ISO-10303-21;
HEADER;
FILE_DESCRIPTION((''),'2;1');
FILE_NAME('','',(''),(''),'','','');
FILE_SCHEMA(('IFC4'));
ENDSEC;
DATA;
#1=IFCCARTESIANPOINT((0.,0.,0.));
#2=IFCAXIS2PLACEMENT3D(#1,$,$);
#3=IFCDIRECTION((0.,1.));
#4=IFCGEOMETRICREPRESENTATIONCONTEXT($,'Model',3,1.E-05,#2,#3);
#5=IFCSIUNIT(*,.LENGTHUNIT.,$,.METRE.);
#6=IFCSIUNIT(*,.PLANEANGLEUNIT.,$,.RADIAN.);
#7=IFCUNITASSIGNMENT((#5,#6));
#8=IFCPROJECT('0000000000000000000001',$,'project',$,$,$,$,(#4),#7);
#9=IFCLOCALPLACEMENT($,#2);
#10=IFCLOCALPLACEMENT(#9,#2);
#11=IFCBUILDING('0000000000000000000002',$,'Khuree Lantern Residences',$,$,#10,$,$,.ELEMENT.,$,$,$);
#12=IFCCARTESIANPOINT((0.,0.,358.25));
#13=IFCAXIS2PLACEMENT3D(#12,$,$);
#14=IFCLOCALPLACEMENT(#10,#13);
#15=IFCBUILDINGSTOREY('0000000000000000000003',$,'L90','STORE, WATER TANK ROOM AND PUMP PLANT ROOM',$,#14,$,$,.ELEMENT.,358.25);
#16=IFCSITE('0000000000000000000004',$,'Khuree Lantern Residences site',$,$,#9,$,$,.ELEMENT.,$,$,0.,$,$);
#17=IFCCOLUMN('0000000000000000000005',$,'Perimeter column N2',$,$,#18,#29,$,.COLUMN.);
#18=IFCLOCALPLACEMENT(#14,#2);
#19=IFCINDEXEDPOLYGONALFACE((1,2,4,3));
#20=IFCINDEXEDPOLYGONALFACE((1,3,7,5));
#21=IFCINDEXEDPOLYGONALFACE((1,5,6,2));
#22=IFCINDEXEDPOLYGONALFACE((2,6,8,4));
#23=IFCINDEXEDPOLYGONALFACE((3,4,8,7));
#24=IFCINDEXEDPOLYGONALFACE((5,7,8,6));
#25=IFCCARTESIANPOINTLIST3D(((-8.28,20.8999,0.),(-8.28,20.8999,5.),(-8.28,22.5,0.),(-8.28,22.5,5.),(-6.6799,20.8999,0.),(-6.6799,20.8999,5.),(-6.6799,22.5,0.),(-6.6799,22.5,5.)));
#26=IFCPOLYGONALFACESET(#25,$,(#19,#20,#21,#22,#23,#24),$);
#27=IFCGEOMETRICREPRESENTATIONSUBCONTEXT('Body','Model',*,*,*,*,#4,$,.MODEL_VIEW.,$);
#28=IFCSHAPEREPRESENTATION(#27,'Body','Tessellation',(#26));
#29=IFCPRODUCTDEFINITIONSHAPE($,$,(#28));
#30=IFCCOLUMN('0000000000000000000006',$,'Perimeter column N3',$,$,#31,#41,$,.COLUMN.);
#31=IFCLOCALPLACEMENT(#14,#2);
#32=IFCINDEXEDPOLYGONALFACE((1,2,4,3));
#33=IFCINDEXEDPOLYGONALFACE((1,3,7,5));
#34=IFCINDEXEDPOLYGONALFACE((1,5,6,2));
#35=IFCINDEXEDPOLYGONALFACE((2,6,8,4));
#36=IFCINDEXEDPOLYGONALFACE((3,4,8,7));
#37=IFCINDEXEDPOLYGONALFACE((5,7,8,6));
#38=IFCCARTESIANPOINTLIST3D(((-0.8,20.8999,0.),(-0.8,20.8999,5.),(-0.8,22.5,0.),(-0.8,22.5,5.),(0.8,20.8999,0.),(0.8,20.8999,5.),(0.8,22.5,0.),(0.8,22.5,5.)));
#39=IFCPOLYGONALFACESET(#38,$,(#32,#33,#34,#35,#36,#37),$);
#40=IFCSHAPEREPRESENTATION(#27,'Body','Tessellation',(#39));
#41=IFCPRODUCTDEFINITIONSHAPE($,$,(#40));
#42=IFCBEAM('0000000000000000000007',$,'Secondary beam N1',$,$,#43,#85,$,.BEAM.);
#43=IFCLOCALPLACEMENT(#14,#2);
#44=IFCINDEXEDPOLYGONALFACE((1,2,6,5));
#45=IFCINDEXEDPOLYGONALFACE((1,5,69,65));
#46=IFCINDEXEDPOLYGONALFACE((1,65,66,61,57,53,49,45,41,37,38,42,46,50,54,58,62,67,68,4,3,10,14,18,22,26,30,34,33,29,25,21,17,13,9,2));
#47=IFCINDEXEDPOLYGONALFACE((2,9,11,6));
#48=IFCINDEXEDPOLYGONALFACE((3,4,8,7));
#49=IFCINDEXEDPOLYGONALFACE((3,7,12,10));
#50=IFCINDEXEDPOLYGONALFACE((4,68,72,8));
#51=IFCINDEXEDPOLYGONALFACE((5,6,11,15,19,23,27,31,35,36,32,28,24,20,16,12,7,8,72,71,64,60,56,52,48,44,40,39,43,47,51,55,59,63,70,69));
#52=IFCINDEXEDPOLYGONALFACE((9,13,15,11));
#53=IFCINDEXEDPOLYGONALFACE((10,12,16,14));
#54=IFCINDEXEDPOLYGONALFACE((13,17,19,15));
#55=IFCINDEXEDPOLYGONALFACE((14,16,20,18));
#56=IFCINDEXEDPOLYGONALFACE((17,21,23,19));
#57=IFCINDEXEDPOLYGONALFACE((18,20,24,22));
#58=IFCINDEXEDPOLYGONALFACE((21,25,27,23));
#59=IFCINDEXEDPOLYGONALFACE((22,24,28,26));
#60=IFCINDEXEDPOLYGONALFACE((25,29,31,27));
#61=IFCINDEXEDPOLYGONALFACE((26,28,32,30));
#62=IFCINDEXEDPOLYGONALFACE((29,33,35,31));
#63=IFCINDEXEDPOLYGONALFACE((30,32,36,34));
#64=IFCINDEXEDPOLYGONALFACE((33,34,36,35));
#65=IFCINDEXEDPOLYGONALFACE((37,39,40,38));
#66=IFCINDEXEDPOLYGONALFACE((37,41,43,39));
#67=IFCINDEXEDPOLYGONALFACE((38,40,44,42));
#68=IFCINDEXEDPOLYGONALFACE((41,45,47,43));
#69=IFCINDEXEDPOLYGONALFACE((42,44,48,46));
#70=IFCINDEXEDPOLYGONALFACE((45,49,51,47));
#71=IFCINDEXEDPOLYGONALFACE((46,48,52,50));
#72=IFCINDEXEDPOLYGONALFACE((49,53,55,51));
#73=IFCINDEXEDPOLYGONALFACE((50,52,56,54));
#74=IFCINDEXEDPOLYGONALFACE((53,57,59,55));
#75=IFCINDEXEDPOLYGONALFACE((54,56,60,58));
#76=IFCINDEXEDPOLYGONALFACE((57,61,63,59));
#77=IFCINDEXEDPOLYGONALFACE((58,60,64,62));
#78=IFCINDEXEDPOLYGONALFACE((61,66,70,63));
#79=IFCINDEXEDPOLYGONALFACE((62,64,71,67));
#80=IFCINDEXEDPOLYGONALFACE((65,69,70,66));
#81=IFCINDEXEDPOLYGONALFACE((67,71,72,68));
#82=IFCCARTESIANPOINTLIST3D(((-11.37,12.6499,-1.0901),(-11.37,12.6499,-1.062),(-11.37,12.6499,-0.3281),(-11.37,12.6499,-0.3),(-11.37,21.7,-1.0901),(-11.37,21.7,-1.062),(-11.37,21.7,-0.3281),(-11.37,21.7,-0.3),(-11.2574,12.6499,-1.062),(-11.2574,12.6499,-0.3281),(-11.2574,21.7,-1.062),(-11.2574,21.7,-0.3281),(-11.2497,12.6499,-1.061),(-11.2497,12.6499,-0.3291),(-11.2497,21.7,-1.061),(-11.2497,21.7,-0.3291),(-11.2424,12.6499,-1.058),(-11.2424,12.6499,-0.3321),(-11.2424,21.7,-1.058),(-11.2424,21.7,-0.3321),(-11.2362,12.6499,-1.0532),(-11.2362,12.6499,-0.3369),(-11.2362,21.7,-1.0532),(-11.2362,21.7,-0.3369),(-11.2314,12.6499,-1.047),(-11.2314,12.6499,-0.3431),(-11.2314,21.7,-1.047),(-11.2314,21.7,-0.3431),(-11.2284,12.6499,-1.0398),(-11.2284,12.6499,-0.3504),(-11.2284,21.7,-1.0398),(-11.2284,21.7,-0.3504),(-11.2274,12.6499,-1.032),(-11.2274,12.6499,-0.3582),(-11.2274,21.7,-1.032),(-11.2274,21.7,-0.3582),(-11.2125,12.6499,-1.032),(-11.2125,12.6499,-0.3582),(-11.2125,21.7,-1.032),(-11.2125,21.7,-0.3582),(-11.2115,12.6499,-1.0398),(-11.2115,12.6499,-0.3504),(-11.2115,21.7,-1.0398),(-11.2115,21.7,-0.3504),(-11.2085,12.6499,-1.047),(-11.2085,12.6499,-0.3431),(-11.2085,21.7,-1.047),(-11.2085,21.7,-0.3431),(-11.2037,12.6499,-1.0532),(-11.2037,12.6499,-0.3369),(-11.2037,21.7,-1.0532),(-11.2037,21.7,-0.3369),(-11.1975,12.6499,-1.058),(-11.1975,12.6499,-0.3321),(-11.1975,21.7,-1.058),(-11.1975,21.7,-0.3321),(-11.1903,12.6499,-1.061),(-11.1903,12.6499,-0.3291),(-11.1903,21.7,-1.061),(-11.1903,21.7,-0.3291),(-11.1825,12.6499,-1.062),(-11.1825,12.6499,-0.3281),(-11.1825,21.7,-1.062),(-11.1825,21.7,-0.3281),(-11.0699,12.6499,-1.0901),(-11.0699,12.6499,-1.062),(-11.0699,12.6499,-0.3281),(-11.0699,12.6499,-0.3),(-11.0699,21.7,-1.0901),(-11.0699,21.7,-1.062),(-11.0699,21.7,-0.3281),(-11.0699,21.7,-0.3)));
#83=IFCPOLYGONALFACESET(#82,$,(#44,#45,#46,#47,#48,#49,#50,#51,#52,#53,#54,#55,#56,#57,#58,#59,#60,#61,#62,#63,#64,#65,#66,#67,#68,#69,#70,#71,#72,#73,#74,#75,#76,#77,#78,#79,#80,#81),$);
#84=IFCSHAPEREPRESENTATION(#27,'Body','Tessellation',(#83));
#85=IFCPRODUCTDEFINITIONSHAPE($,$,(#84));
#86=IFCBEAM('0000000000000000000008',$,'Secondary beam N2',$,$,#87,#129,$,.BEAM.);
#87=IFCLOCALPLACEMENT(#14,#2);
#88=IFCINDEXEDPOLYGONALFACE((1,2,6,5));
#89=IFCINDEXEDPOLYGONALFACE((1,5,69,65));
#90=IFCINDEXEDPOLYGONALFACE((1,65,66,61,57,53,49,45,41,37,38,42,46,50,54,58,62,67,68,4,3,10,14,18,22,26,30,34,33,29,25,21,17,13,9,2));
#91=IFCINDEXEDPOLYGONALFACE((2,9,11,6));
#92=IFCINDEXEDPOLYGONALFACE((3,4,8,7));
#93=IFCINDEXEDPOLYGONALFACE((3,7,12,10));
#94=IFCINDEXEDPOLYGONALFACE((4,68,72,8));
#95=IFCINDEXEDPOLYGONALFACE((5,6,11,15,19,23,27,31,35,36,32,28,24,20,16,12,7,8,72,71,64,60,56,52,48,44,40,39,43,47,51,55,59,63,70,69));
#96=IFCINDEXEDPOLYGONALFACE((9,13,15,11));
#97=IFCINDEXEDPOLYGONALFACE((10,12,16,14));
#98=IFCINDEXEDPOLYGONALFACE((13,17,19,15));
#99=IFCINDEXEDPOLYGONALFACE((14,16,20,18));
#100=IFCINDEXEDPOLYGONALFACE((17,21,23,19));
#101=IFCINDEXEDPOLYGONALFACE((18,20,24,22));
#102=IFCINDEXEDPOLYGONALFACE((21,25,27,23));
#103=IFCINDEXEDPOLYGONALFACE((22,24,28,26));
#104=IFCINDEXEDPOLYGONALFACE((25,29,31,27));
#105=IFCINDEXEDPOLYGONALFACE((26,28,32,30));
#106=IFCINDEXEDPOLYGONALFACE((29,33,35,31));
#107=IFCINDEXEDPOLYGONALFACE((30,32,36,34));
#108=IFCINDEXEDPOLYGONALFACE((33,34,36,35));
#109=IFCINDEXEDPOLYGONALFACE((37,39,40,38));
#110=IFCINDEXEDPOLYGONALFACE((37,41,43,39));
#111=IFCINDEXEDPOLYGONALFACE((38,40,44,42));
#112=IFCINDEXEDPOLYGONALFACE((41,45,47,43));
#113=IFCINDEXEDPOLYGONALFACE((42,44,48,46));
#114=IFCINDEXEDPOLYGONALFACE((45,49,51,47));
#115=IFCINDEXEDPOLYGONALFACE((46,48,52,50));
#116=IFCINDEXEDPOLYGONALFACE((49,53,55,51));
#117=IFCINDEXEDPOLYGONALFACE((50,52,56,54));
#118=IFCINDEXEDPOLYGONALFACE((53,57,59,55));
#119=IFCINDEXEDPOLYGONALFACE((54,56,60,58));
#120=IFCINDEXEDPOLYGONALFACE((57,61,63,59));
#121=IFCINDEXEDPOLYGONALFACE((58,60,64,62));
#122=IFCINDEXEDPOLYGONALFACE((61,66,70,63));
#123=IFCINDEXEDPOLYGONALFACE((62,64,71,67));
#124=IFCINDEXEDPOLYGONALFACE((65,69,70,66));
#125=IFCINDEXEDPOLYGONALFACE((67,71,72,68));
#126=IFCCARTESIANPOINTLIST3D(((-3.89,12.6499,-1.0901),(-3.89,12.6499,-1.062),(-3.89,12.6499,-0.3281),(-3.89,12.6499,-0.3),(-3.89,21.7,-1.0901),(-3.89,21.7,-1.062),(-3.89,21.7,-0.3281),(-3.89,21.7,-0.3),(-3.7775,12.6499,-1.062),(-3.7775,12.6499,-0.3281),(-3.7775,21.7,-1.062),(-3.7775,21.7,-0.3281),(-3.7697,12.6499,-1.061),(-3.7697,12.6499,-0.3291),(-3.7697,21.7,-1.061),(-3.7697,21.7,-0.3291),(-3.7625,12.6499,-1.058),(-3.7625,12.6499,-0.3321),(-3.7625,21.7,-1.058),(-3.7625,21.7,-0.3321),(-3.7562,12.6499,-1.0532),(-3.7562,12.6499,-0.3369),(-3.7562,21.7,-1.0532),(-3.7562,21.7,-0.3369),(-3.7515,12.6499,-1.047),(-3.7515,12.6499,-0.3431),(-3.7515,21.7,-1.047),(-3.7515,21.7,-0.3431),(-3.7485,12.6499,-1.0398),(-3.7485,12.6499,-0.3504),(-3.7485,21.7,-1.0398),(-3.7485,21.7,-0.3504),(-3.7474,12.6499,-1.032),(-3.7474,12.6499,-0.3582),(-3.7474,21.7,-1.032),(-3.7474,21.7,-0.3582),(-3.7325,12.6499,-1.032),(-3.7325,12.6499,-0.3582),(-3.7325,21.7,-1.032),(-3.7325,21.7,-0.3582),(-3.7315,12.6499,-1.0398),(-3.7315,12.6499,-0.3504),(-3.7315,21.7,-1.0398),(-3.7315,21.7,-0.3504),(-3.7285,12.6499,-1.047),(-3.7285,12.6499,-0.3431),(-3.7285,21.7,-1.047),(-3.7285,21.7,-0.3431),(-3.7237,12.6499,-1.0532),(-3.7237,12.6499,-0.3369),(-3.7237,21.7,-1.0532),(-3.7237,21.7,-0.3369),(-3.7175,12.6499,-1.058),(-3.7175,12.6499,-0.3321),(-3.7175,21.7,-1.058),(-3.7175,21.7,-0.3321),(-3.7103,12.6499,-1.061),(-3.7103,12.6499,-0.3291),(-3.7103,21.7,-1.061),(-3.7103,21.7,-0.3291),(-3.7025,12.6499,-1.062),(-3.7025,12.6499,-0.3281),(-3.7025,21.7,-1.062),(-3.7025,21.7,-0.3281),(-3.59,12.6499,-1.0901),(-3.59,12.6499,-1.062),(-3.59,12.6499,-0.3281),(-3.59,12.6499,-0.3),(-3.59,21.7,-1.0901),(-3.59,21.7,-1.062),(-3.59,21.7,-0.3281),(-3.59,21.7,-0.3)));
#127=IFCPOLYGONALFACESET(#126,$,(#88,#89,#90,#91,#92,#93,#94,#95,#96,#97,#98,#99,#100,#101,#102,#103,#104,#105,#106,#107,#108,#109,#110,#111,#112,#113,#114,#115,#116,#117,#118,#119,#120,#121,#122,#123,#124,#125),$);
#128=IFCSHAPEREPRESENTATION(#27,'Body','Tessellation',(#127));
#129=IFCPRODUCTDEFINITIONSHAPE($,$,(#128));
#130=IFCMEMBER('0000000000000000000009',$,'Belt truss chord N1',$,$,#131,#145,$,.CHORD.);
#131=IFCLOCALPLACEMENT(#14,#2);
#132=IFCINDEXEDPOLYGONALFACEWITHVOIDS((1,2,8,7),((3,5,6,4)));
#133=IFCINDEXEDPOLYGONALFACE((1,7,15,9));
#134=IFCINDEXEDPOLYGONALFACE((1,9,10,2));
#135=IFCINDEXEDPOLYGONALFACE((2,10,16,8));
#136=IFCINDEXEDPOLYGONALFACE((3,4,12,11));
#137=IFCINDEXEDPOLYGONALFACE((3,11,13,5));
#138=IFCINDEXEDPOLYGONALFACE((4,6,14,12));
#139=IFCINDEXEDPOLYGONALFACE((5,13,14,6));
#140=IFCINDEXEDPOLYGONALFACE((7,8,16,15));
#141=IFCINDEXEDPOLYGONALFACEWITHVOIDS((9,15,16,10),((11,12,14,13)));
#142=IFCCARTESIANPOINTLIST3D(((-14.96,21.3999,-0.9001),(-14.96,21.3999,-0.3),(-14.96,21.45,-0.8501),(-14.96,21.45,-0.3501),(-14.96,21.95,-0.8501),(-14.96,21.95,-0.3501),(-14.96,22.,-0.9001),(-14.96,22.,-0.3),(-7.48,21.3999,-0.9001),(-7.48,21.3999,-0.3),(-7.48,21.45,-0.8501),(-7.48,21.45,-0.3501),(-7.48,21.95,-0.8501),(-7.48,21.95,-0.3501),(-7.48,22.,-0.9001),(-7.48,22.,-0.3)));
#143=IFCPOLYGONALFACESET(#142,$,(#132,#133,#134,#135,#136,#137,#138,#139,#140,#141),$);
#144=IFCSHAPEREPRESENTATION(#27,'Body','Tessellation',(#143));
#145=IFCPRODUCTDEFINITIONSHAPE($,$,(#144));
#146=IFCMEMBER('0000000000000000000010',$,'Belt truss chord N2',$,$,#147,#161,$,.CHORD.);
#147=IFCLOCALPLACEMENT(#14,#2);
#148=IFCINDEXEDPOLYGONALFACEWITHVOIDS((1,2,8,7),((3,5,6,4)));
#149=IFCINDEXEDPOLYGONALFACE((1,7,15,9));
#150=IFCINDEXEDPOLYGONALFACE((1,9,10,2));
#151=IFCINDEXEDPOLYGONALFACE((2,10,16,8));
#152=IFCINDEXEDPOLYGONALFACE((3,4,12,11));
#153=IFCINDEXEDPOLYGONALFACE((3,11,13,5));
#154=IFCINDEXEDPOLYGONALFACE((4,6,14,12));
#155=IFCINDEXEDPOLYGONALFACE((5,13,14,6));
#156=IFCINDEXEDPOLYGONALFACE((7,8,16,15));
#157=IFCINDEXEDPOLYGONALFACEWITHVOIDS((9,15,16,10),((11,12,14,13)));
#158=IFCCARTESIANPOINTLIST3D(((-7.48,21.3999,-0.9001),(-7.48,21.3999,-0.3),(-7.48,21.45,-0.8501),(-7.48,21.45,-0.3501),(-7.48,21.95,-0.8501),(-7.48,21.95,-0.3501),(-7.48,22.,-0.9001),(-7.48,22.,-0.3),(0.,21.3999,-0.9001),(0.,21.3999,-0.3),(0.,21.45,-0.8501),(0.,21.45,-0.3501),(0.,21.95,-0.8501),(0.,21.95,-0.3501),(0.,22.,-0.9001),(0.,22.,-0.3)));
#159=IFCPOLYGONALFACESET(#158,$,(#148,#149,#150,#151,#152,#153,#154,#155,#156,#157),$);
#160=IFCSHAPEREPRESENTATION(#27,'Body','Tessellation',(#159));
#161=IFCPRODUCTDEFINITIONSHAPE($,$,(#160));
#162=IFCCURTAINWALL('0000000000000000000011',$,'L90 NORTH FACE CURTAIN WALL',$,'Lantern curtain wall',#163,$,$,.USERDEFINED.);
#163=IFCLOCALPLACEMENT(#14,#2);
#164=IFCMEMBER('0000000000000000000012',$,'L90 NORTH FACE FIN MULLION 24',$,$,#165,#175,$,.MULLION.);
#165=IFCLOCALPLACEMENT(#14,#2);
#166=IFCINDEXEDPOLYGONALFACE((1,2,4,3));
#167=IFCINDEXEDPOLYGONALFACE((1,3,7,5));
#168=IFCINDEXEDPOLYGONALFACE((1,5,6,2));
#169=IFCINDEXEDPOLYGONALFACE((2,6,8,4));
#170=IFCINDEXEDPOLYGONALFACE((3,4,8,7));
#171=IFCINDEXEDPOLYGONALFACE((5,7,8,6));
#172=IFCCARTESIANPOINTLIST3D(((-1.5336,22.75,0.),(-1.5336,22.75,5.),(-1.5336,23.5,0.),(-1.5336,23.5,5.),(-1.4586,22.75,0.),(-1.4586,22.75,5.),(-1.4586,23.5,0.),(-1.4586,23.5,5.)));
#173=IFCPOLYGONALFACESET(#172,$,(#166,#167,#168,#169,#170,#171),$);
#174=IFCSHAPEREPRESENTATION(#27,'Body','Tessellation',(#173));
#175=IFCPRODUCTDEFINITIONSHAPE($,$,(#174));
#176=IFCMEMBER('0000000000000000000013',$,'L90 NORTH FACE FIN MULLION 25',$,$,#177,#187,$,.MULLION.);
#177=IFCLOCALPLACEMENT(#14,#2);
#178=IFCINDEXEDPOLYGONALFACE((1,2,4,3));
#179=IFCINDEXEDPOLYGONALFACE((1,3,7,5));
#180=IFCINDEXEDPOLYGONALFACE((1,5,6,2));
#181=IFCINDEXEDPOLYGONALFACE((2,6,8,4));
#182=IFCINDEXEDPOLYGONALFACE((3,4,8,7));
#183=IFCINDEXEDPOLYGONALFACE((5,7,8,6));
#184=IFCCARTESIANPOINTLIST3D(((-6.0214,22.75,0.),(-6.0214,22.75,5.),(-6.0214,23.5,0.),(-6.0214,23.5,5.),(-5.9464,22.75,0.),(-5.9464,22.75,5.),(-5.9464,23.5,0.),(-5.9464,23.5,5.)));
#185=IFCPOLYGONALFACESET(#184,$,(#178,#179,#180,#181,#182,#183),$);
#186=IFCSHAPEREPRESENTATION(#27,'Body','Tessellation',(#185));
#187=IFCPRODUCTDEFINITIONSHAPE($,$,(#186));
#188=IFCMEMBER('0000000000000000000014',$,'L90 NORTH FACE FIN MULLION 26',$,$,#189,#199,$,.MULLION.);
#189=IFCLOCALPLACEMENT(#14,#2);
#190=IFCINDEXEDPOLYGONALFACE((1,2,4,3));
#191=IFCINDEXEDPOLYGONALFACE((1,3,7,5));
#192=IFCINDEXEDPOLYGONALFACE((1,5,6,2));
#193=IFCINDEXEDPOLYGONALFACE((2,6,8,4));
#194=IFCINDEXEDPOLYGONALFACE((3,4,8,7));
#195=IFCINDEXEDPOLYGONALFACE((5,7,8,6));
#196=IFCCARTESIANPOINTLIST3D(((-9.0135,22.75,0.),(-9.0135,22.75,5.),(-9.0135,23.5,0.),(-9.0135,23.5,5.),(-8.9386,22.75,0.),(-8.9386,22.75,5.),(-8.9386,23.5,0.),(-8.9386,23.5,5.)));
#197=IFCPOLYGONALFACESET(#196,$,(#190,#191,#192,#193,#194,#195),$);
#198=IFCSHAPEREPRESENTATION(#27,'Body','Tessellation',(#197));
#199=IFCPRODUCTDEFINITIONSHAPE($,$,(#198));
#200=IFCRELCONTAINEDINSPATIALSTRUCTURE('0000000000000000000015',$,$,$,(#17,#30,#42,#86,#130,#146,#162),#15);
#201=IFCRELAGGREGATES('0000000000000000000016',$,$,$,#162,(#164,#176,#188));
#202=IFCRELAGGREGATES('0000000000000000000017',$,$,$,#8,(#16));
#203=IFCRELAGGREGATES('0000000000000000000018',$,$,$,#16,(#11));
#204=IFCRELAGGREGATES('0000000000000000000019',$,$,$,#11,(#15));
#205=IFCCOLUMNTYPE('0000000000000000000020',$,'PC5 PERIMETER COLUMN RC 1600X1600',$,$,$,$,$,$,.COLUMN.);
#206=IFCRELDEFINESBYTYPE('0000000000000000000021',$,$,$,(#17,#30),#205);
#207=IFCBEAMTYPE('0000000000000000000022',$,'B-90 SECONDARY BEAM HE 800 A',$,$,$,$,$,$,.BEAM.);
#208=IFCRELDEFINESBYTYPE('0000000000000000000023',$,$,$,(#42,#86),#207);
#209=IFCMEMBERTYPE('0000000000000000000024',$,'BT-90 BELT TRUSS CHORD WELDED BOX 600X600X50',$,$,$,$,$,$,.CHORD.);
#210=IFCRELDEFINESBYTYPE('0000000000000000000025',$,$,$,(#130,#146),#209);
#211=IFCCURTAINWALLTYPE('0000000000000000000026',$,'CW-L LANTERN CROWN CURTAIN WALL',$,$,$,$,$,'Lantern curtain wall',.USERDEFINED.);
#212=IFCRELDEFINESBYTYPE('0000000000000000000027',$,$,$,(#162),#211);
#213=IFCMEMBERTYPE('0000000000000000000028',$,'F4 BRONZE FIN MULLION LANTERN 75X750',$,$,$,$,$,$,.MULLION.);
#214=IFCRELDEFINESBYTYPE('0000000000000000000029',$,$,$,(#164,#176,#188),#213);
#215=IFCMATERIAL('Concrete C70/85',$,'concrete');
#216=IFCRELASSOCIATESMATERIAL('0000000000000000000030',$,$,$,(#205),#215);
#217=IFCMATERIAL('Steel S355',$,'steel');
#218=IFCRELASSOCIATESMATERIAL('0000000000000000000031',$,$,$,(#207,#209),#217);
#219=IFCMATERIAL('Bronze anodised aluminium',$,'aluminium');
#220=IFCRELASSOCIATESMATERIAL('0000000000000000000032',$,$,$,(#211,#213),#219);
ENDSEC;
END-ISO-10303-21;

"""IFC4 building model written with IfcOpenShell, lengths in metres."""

from ifc_helpers import new_model, si_unit, direction, frame, origin, origin_2d, place, context, subcontext, project, spatial, rectangle, hollow_rectangle, i_section, extrude, material, material_profile, profile_set, type_object, element, aggregate, save


model = new_model("IFC4")

# Units and contexts
model_context = context("Model", 3, precision=1e-05, world=origin(), true_north=direction((0.0, 1.0)))
body_context = subcontext(model_context, "Body", "Model", "MODEL_VIEW")
ifc_project = project(units=[si_unit("LENGTHUNIT", "METRE"), si_unit("PLANEANGLEUNIT", "RADIAN")], contexts=[model_context])

# Site, building, storey
site_placement = place(None, origin())
site = spatial("IfcSite", under=ifc_project, at=site_placement, Name="Khuree Lantern Residences site", CompositionType="ELEMENT", RefElevation=0.0)
building_placement = place(site_placement, origin())
building = spatial("IfcBuilding", under=site, at=building_placement, Name="Khuree Lantern Residences", CompositionType="ELEMENT")
storey_placement = place(building_placement, frame((0.0, 0.0, 358.25)))
storey = spatial("IfcBuildingStorey", under=building, at=storey_placement, Name="L90", Description="STORE, WATER TANK ROOM AND PUMP PLANT ROOM", CompositionType="ELEMENT", Elevation=358.25)

# Columns
ifc_material_1 = material(Name="Concrete C70/85", Category="concrete")
ifc_material_profile_1 = material_profile(ifc_material_1, rectangle(XDim=1.6001, YDim=1.6001, at=origin_2d()), Name="RC 1600X1600")
ifc_profile_set_1 = profile_set([ifc_material_profile_1], Name="Concrete C70/85")
column_type = type_object("IfcColumnType", Name="PC5 PERIMETER COLUMN RC 1600X1600", PredefinedType="COLUMN", material=ifc_profile_set_1)
for number, where, z_axis, x_axis, name in (
    (1, (-7.48, 21.7, 0.0), (0.0, 0.0, 1.0), (1.0, 0.0, 0.0), "Perimeter column N2"),
    (2, (0.0, 21.7, 0.0), (0.0, 0.0, 1.0), (1.0, 0.0, 0.0), "Perimeter column N3"),
):
    element("IfcColumn", number, at=place(storey_placement, frame(where, z_axis=z_axis, x_axis=x_axis)), inside=storey, type_object=column_type, Name=name, PredefinedType="COLUMN", context=body_context, shape_type="SweptSolid", body=[
        extrude(rectangle(XDim=1.6001, YDim=1.6001, at=origin_2d()), origin(), (0.0, 0.0, 1.0), 5.0),
    ])

# Beams
ifc_material_2 = material(Name="Steel S355", Category="steel")
ifc_material_profile_2 = material_profile(ifc_material_2, i_section(OverallWidth=0.3, OverallDepth=0.79, WebThickness=0.0149, FlangeThickness=0.0281, FilletRadius=0.03, at=origin_2d()), Name="HE 800 A")
ifc_profile_set_2 = profile_set([ifc_material_profile_2], Name="Steel S355")
beam_type = type_object("IfcBeamType", Name="B-90 SECONDARY BEAM HE 800 A", PredefinedType="BEAM", material=ifc_profile_set_2)
for number, where, z_axis, x_axis, name in (
    (3, (-11.22, 21.7, -0.6951), (0.0, -1.0, 0.0), (1.0, 0.0, 0.0), "Secondary beam N1"),
    (4, (-3.74, 21.7, -0.6951), (0.0, -1.0, 0.0), (1.0, 0.0, 0.0), "Secondary beam N2"),
):
    element("IfcBeam", number, at=place(storey_placement, frame(where, z_axis=z_axis, x_axis=x_axis)), inside=storey, type_object=beam_type, Name=name, PredefinedType="BEAM", context=body_context, shape_type="SweptSolid", body=[
        extrude(i_section(OverallWidth=0.3, OverallDepth=0.79, WebThickness=0.0149, FlangeThickness=0.0281, FilletRadius=0.03, at=origin_2d()), origin(), (0.0, 0.0, 1.0), 9.05),
    ])

# Members
ifc_material_profile_3 = material_profile(ifc_material_2, hollow_rectangle(XDim=0.6001, YDim=0.6001, WallThickness=0.05, at=origin_2d()), Name="WELDED BOX 600X600X50")
ifc_profile_set_3 = profile_set([ifc_material_profile_3], Name="Steel S355")
member_type_1 = type_object("IfcMemberType", Name="BT-90 BELT TRUSS CHORD WELDED BOX 600X600X50", PredefinedType="CHORD", material=ifc_profile_set_3)
for number, where, z_axis, x_axis, name in (
    (5, (-14.96, 21.7, -0.6001), (1.0, 0.0, 0.0), (0.0, 1.0, 0.0), "Belt truss chord N1"),
    (6, (-7.48, 21.7, -0.6001), (1.0, 0.0, 0.0), (0.0, 1.0, 0.0), "Belt truss chord N2"),
):
    element("IfcMember", number, at=place(storey_placement, frame(where, z_axis=z_axis, x_axis=x_axis)), inside=storey, type_object=member_type_1, Name=name, PredefinedType="CHORD", context=body_context, shape_type="SweptSolid", body=[
        extrude(hollow_rectangle(XDim=0.6001, YDim=0.6001, WallThickness=0.05, at=origin_2d()), origin(), (0.0, 0.0, 1.0), 7.48),
    ])

# Curtain wall, members
ifc_material_3 = material(Name="Bronze anodised aluminium", Category="aluminium")
curtain_wall_type = type_object("IfcCurtainWallType", Name="CW-L LANTERN CROWN CURTAIN WALL", ElementType="Lantern curtain wall", PredefinedType="USERDEFINED", material=ifc_material_3)
curtain_wall_placement = place(storey_placement, origin())
curtain_wall = element("IfcCurtainWall", 7, at=curtain_wall_placement, inside=storey, type_object=curtain_wall_type, Name="L90 NORTH FACE CURTAIN WALL", ObjectType="Lantern curtain wall", PredefinedType="USERDEFINED")
ifc_material_profile_4 = material_profile(ifc_material_3, rectangle(XDim=0.075, YDim=0.75, at=origin_2d()), Name="F4 75X750")
ifc_profile_set_4 = profile_set([ifc_material_profile_4], Name="Bronze anodised aluminium")
member_type_2 = type_object("IfcMemberType", Name="F4 BRONZE FIN MULLION LANTERN 75X750", PredefinedType="MULLION", material=ifc_profile_set_4)
member_1_placement = place(storey_placement, frame((-1.4961, 23.125, 0.0), z_axis=(0.0, 0.0, 1.0), x_axis=(-1.0, 0.0, 0.0)))
member_1 = element("IfcMember", 8, at=member_1_placement, type_object=member_type_2, Name="L90 NORTH FACE FIN MULLION 24", PredefinedType="MULLION", context=body_context, shape_type="SweptSolid", body=[
    extrude(rectangle(XDim=0.075, YDim=0.75, at=origin_2d()), origin(), (0.0, 0.0, 1.0), 5.0),
])
member_2_placement = place(storey_placement, frame((-5.9839, 23.125, 0.0), z_axis=(0.0, 0.0, 1.0), x_axis=(-1.0, 0.0, 0.0)))
member_2 = element("IfcMember", 9, at=member_2_placement, type_object=member_type_2, Name="L90 NORTH FACE FIN MULLION 25", PredefinedType="MULLION", context=body_context, shape_type="SweptSolid", body=[
    extrude(rectangle(XDim=0.075, YDim=0.75, at=origin_2d()), origin(), (0.0, 0.0, 1.0), 5.0),
])
member_3_placement = place(storey_placement, frame((-8.9761, 23.125, 0.0), z_axis=(0.0, 0.0, 1.0), x_axis=(-1.0, 0.0, 0.0)))
member_3 = element("IfcMember", 10, at=member_3_placement, type_object=member_type_2, Name="L90 NORTH FACE FIN MULLION 26", PredefinedType="MULLION", context=body_context, shape_type="SweptSolid", body=[
    extrude(rectangle(XDim=0.075, YDim=0.75, at=origin_2d()), origin(), (0.0, 0.0, 1.0), 5.0),
])

aggregate(curtain_wall, [member_1, member_2, member_3])

save(model, "model.ifc")
